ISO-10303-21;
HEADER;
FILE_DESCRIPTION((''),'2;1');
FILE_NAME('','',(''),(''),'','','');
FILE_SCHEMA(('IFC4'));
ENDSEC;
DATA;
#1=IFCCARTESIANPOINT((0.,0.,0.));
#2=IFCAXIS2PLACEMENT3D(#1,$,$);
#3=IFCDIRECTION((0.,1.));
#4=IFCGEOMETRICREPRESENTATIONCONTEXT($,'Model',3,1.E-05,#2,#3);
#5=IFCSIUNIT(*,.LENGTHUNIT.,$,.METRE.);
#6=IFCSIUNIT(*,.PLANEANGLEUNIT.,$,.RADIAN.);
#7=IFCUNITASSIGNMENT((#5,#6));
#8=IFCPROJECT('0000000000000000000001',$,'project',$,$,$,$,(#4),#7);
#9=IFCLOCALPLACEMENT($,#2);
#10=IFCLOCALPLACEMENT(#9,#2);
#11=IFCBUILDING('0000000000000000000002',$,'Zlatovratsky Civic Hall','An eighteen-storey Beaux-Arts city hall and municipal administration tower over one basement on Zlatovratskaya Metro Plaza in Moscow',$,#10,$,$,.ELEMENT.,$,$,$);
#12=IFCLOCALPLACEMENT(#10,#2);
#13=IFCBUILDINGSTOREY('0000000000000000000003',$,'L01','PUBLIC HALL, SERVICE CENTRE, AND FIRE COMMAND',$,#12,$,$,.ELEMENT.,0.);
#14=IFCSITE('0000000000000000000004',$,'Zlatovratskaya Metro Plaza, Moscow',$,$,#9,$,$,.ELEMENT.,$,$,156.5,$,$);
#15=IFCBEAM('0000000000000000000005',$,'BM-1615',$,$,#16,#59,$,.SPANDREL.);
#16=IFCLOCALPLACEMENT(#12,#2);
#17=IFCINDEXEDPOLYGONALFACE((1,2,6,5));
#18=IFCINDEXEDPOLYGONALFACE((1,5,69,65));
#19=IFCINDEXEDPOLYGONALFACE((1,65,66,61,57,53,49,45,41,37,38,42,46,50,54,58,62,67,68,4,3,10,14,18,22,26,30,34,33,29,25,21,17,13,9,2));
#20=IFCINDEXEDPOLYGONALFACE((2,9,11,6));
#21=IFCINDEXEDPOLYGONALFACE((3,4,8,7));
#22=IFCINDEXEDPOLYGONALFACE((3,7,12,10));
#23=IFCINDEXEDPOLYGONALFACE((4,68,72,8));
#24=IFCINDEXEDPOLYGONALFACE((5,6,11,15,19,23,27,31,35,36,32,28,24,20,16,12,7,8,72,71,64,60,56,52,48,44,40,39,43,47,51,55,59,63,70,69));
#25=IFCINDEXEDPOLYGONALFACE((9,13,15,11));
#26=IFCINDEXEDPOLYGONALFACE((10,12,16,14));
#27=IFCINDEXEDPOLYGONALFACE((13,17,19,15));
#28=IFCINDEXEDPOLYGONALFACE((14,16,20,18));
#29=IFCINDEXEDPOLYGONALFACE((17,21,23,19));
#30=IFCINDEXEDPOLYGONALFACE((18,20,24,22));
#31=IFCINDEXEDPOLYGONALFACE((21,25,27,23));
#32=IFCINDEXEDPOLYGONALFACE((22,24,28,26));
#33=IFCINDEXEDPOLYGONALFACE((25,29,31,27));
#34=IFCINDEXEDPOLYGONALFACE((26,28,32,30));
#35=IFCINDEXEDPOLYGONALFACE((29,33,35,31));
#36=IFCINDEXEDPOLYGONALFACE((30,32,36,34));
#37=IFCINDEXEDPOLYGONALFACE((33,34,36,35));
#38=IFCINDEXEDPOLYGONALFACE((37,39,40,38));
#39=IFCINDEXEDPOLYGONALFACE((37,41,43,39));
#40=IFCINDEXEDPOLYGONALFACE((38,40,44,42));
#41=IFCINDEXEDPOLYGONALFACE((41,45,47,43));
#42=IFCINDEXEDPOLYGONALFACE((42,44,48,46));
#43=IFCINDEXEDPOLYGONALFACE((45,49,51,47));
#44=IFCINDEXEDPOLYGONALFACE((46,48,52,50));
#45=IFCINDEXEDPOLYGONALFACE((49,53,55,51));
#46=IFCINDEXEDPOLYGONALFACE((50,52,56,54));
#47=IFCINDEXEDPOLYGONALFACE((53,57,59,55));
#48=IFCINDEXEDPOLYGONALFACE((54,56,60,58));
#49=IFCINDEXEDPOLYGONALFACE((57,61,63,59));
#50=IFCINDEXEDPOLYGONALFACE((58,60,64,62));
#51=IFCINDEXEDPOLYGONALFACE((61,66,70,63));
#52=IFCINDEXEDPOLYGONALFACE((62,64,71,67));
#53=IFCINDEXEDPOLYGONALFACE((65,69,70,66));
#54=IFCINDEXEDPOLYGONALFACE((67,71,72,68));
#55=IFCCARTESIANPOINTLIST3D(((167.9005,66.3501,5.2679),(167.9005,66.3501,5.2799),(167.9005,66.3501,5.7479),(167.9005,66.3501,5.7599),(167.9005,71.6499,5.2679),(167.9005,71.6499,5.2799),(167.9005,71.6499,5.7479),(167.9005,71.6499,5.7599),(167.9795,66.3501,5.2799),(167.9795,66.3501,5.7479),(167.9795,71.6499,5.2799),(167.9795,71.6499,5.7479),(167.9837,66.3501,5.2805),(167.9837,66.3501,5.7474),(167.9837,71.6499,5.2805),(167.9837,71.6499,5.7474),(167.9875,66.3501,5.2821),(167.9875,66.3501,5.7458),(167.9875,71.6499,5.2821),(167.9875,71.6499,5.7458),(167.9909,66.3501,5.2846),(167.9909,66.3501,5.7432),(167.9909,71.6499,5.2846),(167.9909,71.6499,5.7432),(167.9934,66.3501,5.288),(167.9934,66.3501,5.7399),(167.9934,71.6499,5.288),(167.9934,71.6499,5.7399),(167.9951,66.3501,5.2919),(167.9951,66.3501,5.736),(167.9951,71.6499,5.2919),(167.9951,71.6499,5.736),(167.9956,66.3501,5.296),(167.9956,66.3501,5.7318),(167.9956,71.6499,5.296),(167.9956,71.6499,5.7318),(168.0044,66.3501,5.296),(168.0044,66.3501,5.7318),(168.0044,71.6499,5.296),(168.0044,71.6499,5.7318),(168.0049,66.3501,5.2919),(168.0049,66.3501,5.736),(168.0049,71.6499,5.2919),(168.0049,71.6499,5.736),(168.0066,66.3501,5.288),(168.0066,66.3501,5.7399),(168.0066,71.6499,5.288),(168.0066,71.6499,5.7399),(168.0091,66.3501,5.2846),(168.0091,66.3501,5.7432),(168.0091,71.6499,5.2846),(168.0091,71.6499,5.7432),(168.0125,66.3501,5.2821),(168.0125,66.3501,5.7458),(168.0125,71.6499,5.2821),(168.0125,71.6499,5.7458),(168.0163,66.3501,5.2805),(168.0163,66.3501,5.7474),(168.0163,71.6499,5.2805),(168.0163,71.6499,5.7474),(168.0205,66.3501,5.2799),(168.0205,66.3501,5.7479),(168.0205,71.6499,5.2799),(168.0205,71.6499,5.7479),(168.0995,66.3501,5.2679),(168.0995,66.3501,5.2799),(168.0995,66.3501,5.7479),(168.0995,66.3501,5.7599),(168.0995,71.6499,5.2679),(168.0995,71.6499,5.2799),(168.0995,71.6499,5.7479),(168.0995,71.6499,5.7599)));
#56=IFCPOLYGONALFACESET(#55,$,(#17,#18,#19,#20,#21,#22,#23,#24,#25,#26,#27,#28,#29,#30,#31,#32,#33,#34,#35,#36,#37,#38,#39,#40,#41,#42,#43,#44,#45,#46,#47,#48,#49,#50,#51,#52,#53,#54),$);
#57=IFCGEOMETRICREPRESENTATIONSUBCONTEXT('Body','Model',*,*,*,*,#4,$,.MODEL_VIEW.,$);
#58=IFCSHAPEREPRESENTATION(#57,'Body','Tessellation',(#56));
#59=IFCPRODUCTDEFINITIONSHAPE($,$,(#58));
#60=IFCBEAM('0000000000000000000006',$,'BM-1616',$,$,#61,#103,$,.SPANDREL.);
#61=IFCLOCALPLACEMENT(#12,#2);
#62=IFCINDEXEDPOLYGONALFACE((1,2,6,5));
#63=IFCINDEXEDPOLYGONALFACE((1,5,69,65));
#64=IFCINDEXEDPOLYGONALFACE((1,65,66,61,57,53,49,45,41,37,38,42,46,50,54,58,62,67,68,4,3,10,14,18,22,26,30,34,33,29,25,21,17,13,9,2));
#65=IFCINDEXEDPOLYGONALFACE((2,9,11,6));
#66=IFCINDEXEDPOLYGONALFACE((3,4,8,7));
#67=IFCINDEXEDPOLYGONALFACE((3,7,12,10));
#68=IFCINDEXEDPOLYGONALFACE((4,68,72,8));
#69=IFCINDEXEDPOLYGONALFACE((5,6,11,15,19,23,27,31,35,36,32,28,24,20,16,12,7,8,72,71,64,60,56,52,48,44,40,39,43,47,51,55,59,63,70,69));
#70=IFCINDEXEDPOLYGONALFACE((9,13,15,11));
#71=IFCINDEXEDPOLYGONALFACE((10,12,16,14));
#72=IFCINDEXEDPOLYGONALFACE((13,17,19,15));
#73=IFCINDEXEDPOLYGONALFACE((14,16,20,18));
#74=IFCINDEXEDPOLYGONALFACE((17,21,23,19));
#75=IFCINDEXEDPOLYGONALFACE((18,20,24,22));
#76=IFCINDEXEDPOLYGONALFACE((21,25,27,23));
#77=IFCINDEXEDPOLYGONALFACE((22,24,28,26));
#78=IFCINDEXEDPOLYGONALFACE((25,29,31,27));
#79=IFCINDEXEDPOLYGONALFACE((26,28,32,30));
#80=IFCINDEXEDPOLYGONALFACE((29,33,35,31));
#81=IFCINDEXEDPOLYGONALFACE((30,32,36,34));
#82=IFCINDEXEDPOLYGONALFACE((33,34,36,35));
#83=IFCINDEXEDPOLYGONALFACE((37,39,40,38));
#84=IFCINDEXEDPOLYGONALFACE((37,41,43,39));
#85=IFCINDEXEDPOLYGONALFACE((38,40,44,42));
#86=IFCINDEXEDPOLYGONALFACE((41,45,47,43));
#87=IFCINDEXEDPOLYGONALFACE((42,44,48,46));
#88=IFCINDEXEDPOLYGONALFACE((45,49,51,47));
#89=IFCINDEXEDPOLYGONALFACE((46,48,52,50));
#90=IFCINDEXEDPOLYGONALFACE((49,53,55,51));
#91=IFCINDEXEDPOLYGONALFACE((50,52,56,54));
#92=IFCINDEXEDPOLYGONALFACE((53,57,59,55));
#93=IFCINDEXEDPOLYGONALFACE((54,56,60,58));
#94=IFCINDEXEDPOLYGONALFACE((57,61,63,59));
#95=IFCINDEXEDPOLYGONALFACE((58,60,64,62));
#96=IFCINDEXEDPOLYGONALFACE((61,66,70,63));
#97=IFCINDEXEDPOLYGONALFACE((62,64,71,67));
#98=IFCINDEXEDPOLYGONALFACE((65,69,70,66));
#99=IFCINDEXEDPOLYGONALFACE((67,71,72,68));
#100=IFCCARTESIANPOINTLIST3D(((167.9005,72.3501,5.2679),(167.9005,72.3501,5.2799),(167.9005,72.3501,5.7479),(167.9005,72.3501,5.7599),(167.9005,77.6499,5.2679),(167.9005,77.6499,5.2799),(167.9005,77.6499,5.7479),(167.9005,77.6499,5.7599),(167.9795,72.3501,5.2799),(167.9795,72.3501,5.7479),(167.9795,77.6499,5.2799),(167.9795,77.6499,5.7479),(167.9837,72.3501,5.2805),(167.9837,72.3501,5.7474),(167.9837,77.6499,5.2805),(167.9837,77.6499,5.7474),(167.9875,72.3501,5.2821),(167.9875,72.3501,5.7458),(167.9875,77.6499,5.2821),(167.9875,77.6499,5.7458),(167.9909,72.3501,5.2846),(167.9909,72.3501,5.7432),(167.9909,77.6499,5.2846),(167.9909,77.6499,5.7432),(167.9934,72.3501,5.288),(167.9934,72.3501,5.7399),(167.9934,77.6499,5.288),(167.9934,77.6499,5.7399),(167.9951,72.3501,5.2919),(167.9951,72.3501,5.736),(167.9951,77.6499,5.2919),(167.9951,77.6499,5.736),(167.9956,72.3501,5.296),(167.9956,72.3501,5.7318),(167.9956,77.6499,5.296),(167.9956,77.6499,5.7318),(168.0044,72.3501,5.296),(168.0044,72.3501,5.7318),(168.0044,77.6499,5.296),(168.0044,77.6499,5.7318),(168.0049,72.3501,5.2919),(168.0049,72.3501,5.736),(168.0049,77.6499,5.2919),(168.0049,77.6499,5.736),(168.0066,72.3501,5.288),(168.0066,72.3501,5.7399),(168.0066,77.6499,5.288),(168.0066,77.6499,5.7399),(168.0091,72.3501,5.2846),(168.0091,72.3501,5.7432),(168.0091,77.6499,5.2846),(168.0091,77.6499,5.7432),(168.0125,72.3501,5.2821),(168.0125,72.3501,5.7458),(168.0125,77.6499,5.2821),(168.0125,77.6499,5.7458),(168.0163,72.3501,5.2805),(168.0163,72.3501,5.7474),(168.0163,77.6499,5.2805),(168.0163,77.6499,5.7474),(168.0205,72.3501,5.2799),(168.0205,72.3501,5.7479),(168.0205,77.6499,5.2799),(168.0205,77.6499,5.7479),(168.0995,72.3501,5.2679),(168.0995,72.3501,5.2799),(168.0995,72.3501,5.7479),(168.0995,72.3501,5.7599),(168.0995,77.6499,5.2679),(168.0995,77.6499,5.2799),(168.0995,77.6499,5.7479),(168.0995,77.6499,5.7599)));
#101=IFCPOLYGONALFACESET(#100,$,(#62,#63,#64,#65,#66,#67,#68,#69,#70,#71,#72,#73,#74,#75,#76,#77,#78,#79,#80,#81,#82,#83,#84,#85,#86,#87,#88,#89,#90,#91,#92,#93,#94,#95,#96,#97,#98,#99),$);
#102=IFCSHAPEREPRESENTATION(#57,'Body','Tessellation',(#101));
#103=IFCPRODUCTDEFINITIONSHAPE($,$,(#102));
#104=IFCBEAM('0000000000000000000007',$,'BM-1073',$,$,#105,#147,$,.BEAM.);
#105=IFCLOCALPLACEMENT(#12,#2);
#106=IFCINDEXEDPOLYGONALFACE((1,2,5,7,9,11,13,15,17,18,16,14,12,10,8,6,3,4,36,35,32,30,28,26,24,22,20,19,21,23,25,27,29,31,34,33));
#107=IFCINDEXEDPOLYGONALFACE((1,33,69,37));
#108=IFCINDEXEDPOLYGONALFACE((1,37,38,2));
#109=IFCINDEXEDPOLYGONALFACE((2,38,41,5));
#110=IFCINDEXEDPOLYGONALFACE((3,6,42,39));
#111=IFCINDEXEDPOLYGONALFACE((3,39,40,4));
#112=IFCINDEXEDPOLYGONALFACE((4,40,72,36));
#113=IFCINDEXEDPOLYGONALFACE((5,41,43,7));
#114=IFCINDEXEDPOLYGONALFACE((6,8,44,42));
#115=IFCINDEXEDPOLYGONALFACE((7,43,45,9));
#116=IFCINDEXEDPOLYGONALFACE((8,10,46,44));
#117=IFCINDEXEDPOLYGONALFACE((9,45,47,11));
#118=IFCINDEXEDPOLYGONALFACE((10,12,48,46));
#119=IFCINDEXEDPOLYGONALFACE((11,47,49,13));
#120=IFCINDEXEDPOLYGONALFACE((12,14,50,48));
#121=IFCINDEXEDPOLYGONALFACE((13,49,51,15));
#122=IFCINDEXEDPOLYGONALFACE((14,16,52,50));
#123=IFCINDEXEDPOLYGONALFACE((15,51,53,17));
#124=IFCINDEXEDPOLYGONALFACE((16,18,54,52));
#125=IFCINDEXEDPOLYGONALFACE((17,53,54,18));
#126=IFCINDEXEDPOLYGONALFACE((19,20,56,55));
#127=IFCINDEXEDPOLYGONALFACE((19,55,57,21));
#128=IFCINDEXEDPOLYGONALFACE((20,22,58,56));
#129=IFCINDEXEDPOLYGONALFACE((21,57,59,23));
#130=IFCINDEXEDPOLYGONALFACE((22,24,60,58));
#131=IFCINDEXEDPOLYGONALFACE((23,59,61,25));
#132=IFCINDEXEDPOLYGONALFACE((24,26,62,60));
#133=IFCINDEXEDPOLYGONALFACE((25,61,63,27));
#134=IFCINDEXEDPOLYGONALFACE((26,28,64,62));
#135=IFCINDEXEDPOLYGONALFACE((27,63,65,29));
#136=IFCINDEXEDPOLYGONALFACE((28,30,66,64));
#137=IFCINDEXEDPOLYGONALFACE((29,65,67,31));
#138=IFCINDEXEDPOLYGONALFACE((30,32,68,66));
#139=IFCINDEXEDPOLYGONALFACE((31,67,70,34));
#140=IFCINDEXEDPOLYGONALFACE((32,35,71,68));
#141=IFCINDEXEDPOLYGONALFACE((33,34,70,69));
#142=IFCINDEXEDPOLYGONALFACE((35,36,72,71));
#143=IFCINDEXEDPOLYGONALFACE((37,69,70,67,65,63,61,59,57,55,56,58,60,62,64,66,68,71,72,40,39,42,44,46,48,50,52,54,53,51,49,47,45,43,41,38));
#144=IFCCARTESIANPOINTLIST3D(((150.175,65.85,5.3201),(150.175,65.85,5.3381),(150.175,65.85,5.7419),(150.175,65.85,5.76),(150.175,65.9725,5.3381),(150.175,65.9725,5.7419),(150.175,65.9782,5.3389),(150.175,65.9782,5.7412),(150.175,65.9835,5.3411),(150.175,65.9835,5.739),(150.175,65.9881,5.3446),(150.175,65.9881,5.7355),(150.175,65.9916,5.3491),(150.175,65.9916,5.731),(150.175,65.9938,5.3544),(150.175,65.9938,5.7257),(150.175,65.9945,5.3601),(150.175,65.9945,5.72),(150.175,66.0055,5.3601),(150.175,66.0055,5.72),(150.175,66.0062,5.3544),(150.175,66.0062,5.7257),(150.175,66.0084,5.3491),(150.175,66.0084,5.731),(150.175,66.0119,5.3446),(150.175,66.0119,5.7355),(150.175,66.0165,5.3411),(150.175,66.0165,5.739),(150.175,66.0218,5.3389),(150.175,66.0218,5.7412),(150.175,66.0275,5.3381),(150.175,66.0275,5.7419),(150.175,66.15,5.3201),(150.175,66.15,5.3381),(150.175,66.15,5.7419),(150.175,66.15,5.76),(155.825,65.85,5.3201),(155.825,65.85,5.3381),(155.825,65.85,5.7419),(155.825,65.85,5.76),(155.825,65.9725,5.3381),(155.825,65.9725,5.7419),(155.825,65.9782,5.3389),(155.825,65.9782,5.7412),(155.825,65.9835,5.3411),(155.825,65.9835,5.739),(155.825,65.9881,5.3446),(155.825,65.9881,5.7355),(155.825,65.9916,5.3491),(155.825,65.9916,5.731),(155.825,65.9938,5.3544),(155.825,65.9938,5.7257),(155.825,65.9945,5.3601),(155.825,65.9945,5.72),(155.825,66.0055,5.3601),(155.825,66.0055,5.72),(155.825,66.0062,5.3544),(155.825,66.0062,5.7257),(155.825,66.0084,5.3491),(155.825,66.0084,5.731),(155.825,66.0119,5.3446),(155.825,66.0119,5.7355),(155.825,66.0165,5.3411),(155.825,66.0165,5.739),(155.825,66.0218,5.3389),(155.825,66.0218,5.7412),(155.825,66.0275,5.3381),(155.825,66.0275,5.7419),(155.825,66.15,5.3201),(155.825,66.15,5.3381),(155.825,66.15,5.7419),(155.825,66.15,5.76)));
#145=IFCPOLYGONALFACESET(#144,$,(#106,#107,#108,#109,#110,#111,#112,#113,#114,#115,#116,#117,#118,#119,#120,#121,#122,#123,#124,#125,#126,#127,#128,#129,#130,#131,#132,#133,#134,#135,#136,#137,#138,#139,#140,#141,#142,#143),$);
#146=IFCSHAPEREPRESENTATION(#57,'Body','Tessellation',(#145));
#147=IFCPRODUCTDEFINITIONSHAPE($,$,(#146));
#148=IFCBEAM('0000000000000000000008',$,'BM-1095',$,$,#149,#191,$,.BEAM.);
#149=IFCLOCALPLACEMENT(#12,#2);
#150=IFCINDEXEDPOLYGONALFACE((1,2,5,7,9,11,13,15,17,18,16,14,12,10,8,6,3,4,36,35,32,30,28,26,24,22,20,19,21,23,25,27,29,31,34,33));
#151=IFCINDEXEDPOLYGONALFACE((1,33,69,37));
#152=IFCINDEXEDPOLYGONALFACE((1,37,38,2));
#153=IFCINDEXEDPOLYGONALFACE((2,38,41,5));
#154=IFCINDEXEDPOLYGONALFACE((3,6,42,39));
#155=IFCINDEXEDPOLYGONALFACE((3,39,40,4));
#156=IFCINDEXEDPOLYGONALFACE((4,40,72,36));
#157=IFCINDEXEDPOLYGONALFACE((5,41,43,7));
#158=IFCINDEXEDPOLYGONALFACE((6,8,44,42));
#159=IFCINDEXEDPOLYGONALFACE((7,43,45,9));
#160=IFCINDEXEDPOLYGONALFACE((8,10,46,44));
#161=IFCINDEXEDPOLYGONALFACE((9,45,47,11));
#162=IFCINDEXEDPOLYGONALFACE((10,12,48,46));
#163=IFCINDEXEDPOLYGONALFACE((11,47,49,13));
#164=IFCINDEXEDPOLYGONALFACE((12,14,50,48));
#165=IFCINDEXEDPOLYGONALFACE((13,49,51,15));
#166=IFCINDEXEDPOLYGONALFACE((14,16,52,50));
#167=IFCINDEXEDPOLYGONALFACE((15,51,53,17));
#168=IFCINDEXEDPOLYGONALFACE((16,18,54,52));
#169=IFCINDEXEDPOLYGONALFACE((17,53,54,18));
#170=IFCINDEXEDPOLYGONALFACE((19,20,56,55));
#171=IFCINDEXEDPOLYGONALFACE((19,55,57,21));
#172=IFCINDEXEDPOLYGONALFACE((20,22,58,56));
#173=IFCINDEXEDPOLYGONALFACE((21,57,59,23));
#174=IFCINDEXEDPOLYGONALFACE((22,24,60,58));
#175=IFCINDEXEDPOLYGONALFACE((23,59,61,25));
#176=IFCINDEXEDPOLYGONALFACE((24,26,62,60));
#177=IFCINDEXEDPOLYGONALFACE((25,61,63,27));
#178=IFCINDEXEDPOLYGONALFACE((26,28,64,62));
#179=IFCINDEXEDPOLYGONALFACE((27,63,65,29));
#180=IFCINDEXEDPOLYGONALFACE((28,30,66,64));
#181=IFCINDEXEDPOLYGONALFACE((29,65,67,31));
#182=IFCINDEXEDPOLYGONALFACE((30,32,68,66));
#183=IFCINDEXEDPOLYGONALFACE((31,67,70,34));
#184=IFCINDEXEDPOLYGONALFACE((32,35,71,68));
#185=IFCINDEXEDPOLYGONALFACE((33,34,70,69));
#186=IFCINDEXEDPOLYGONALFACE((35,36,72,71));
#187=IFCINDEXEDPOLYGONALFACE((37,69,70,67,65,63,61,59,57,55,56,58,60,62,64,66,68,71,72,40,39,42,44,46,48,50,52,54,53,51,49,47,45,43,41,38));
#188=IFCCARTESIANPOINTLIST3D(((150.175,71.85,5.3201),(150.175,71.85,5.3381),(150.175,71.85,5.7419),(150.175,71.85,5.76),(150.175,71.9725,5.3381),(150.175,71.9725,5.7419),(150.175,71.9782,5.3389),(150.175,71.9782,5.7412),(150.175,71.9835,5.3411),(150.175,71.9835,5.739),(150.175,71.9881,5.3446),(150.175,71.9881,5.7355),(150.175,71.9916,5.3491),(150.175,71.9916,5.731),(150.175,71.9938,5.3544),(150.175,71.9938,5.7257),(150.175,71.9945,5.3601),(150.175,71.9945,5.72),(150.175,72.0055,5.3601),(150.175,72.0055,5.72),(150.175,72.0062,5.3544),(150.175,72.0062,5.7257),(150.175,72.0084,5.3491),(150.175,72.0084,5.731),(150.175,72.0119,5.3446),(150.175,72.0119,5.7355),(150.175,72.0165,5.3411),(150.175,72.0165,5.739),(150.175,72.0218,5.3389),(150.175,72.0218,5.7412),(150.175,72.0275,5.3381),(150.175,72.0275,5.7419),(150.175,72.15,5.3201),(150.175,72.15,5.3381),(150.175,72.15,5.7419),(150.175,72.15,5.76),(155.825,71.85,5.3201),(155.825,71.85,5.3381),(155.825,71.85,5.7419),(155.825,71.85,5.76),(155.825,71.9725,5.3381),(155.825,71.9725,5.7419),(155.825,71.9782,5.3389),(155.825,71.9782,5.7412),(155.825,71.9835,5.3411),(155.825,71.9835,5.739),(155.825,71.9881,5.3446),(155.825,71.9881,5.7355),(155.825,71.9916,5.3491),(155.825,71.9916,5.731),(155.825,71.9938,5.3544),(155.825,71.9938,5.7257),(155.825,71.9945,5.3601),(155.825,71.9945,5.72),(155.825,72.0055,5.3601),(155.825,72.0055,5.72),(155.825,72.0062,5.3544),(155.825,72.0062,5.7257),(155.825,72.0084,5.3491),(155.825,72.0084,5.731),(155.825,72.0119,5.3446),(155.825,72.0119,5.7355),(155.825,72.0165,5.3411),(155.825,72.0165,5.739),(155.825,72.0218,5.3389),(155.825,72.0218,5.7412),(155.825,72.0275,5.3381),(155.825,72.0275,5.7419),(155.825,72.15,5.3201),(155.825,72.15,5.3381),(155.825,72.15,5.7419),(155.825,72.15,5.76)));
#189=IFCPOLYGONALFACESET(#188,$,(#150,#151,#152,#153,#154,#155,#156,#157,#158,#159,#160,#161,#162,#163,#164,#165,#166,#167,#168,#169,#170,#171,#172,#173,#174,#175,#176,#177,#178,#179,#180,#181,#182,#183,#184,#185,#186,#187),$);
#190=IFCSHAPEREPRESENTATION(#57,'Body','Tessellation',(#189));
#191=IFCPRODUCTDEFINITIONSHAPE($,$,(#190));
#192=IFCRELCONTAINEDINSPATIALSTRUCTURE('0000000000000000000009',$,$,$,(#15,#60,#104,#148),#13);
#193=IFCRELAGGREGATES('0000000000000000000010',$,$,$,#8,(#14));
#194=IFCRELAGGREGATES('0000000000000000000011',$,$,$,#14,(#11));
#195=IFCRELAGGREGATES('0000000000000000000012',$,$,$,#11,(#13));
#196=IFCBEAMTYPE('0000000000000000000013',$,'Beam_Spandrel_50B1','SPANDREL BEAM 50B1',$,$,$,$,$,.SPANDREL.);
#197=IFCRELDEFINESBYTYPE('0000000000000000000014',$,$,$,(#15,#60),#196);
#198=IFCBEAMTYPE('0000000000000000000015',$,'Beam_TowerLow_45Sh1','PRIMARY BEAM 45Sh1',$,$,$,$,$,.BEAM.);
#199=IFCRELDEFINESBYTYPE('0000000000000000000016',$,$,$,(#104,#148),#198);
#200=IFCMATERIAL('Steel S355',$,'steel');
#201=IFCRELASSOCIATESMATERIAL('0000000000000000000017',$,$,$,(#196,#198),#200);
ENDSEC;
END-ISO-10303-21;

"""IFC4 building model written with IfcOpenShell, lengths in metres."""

from ifc_helpers import new_model, si_unit, direction, frame, origin, origin_2d, place, context, subcontext, project, spatial, i_section, extrude, material, material_profile, profile_set, type_object, element, save


model = new_model("IFC4")

# Units and contexts
model_context = context("Model", 3, precision=1e-05, world=origin(), true_north=direction((0.0, 1.0)))
body_context = subcontext(model_context, "Body", "Model", "MODEL_VIEW")
ifc_project = project(units=[si_unit("LENGTHUNIT", "METRE"), si_unit("PLANEANGLEUNIT", "RADIAN")], contexts=[model_context])

# Site, building, storey
site_placement = place(None, origin())
site = spatial("IfcSite", under=ifc_project, at=site_placement, Name="Zlatovratskaya Metro Plaza, Moscow", CompositionType="ELEMENT", RefElevation=156.5)
building_placement = place(site_placement, origin())
building = spatial("IfcBuilding", under=site, at=building_placement, Name="Zlatovratsky Civic Hall", Description="An eighteen-storey Beaux-Arts city hall and municipal administration tower over one basement on Zlatovratskaya Metro Plaza in Moscow", CompositionType="ELEMENT")
storey_placement = place(building_placement, origin())
storey = spatial("IfcBuildingStorey", under=building, at=storey_placement, Name="L01", Description="PUBLIC HALL, SERVICE CENTRE, AND FIRE COMMAND", CompositionType="ELEMENT", Elevation=0.0)

# Shared definitions
ifc_material_1 = material(Name="Steel S355", Category="steel")

# Beams
ifc_material_profile_1 = material_profile(ifc_material_1, i_section(OverallWidth=0.199, OverallDepth=0.4919, WebThickness=0.0088, FlangeThickness=0.012, FilletRadius=0.0161, at=origin_2d()), Name="50B1")
ifc_profile_set_1 = profile_set([ifc_material_profile_1], Name="Steel S355")
beam_type_1 = type_object("IfcBeamType", Name="Beam_Spandrel_50B1", Description="SPANDREL BEAM 50B1", PredefinedType="SPANDREL", material=ifc_profile_set_1)
for number, where, z_axis, x_axis, name in (
    (1, (168.0, 66.3501, 5.5139), (0.0, 1.0, 0.0), (-1.0, 0.0, 0.0), "BM-1615"),
    (2, (168.0, 72.3501, 5.5139), (0.0, 1.0, 0.0), (-1.0, 0.0, 0.0), "BM-1616"),
):
    element("IfcBeam", number, at=place(storey_placement, frame(where, z_axis=z_axis, x_axis=x_axis)), inside=storey, type_object=beam_type_1, Name=name, PredefinedType="SPANDREL", context=body_context, shape_type="SweptSolid", body=[
        extrude(i_section(OverallWidth=0.199, OverallDepth=0.4919, WebThickness=0.0088, FlangeThickness=0.012, FilletRadius=0.0161, at=origin_2d()), origin(), (0.0, 0.0, 1.0), 5.2998),
    ])
ifc_material_profile_2 = material_profile(ifc_material_1, i_section(OverallWidth=0.3, OverallDepth=0.4399, WebThickness=0.011, FlangeThickness=0.0181, FilletRadius=0.022, at=origin_2d()), Name="45Sh1")
ifc_profile_set_2 = profile_set([ifc_material_profile_2], Name="Steel S355")
beam_type_2 = type_object("IfcBeamType", Name="Beam_TowerLow_45Sh1", Description="PRIMARY BEAM 45Sh1", PredefinedType="BEAM", material=ifc_profile_set_2)
for number, where, z_axis, x_axis, name in (
    (3, (150.175, 66.0, 5.54), (1.0, 0.0, 0.0), (0.0, 1.0, 0.0), "BM-1073"),
    (4, (150.175, 72.0, 5.54), (1.0, 0.0, 0.0), (0.0, 1.0, 0.0), "BM-1095"),
):
    element("IfcBeam", number, at=place(storey_placement, frame(where, z_axis=z_axis, x_axis=x_axis)), inside=storey, type_object=beam_type_2, Name=name, PredefinedType="BEAM", context=body_context, shape_type="SweptSolid", body=[
        extrude(i_section(OverallWidth=0.3, OverallDepth=0.4399, WebThickness=0.011, FlangeThickness=0.0181, FilletRadius=0.022, at=origin_2d()), origin(), (0.0, 0.0, 1.0), 5.6499),
    ])

save(model, "model.ifc")
